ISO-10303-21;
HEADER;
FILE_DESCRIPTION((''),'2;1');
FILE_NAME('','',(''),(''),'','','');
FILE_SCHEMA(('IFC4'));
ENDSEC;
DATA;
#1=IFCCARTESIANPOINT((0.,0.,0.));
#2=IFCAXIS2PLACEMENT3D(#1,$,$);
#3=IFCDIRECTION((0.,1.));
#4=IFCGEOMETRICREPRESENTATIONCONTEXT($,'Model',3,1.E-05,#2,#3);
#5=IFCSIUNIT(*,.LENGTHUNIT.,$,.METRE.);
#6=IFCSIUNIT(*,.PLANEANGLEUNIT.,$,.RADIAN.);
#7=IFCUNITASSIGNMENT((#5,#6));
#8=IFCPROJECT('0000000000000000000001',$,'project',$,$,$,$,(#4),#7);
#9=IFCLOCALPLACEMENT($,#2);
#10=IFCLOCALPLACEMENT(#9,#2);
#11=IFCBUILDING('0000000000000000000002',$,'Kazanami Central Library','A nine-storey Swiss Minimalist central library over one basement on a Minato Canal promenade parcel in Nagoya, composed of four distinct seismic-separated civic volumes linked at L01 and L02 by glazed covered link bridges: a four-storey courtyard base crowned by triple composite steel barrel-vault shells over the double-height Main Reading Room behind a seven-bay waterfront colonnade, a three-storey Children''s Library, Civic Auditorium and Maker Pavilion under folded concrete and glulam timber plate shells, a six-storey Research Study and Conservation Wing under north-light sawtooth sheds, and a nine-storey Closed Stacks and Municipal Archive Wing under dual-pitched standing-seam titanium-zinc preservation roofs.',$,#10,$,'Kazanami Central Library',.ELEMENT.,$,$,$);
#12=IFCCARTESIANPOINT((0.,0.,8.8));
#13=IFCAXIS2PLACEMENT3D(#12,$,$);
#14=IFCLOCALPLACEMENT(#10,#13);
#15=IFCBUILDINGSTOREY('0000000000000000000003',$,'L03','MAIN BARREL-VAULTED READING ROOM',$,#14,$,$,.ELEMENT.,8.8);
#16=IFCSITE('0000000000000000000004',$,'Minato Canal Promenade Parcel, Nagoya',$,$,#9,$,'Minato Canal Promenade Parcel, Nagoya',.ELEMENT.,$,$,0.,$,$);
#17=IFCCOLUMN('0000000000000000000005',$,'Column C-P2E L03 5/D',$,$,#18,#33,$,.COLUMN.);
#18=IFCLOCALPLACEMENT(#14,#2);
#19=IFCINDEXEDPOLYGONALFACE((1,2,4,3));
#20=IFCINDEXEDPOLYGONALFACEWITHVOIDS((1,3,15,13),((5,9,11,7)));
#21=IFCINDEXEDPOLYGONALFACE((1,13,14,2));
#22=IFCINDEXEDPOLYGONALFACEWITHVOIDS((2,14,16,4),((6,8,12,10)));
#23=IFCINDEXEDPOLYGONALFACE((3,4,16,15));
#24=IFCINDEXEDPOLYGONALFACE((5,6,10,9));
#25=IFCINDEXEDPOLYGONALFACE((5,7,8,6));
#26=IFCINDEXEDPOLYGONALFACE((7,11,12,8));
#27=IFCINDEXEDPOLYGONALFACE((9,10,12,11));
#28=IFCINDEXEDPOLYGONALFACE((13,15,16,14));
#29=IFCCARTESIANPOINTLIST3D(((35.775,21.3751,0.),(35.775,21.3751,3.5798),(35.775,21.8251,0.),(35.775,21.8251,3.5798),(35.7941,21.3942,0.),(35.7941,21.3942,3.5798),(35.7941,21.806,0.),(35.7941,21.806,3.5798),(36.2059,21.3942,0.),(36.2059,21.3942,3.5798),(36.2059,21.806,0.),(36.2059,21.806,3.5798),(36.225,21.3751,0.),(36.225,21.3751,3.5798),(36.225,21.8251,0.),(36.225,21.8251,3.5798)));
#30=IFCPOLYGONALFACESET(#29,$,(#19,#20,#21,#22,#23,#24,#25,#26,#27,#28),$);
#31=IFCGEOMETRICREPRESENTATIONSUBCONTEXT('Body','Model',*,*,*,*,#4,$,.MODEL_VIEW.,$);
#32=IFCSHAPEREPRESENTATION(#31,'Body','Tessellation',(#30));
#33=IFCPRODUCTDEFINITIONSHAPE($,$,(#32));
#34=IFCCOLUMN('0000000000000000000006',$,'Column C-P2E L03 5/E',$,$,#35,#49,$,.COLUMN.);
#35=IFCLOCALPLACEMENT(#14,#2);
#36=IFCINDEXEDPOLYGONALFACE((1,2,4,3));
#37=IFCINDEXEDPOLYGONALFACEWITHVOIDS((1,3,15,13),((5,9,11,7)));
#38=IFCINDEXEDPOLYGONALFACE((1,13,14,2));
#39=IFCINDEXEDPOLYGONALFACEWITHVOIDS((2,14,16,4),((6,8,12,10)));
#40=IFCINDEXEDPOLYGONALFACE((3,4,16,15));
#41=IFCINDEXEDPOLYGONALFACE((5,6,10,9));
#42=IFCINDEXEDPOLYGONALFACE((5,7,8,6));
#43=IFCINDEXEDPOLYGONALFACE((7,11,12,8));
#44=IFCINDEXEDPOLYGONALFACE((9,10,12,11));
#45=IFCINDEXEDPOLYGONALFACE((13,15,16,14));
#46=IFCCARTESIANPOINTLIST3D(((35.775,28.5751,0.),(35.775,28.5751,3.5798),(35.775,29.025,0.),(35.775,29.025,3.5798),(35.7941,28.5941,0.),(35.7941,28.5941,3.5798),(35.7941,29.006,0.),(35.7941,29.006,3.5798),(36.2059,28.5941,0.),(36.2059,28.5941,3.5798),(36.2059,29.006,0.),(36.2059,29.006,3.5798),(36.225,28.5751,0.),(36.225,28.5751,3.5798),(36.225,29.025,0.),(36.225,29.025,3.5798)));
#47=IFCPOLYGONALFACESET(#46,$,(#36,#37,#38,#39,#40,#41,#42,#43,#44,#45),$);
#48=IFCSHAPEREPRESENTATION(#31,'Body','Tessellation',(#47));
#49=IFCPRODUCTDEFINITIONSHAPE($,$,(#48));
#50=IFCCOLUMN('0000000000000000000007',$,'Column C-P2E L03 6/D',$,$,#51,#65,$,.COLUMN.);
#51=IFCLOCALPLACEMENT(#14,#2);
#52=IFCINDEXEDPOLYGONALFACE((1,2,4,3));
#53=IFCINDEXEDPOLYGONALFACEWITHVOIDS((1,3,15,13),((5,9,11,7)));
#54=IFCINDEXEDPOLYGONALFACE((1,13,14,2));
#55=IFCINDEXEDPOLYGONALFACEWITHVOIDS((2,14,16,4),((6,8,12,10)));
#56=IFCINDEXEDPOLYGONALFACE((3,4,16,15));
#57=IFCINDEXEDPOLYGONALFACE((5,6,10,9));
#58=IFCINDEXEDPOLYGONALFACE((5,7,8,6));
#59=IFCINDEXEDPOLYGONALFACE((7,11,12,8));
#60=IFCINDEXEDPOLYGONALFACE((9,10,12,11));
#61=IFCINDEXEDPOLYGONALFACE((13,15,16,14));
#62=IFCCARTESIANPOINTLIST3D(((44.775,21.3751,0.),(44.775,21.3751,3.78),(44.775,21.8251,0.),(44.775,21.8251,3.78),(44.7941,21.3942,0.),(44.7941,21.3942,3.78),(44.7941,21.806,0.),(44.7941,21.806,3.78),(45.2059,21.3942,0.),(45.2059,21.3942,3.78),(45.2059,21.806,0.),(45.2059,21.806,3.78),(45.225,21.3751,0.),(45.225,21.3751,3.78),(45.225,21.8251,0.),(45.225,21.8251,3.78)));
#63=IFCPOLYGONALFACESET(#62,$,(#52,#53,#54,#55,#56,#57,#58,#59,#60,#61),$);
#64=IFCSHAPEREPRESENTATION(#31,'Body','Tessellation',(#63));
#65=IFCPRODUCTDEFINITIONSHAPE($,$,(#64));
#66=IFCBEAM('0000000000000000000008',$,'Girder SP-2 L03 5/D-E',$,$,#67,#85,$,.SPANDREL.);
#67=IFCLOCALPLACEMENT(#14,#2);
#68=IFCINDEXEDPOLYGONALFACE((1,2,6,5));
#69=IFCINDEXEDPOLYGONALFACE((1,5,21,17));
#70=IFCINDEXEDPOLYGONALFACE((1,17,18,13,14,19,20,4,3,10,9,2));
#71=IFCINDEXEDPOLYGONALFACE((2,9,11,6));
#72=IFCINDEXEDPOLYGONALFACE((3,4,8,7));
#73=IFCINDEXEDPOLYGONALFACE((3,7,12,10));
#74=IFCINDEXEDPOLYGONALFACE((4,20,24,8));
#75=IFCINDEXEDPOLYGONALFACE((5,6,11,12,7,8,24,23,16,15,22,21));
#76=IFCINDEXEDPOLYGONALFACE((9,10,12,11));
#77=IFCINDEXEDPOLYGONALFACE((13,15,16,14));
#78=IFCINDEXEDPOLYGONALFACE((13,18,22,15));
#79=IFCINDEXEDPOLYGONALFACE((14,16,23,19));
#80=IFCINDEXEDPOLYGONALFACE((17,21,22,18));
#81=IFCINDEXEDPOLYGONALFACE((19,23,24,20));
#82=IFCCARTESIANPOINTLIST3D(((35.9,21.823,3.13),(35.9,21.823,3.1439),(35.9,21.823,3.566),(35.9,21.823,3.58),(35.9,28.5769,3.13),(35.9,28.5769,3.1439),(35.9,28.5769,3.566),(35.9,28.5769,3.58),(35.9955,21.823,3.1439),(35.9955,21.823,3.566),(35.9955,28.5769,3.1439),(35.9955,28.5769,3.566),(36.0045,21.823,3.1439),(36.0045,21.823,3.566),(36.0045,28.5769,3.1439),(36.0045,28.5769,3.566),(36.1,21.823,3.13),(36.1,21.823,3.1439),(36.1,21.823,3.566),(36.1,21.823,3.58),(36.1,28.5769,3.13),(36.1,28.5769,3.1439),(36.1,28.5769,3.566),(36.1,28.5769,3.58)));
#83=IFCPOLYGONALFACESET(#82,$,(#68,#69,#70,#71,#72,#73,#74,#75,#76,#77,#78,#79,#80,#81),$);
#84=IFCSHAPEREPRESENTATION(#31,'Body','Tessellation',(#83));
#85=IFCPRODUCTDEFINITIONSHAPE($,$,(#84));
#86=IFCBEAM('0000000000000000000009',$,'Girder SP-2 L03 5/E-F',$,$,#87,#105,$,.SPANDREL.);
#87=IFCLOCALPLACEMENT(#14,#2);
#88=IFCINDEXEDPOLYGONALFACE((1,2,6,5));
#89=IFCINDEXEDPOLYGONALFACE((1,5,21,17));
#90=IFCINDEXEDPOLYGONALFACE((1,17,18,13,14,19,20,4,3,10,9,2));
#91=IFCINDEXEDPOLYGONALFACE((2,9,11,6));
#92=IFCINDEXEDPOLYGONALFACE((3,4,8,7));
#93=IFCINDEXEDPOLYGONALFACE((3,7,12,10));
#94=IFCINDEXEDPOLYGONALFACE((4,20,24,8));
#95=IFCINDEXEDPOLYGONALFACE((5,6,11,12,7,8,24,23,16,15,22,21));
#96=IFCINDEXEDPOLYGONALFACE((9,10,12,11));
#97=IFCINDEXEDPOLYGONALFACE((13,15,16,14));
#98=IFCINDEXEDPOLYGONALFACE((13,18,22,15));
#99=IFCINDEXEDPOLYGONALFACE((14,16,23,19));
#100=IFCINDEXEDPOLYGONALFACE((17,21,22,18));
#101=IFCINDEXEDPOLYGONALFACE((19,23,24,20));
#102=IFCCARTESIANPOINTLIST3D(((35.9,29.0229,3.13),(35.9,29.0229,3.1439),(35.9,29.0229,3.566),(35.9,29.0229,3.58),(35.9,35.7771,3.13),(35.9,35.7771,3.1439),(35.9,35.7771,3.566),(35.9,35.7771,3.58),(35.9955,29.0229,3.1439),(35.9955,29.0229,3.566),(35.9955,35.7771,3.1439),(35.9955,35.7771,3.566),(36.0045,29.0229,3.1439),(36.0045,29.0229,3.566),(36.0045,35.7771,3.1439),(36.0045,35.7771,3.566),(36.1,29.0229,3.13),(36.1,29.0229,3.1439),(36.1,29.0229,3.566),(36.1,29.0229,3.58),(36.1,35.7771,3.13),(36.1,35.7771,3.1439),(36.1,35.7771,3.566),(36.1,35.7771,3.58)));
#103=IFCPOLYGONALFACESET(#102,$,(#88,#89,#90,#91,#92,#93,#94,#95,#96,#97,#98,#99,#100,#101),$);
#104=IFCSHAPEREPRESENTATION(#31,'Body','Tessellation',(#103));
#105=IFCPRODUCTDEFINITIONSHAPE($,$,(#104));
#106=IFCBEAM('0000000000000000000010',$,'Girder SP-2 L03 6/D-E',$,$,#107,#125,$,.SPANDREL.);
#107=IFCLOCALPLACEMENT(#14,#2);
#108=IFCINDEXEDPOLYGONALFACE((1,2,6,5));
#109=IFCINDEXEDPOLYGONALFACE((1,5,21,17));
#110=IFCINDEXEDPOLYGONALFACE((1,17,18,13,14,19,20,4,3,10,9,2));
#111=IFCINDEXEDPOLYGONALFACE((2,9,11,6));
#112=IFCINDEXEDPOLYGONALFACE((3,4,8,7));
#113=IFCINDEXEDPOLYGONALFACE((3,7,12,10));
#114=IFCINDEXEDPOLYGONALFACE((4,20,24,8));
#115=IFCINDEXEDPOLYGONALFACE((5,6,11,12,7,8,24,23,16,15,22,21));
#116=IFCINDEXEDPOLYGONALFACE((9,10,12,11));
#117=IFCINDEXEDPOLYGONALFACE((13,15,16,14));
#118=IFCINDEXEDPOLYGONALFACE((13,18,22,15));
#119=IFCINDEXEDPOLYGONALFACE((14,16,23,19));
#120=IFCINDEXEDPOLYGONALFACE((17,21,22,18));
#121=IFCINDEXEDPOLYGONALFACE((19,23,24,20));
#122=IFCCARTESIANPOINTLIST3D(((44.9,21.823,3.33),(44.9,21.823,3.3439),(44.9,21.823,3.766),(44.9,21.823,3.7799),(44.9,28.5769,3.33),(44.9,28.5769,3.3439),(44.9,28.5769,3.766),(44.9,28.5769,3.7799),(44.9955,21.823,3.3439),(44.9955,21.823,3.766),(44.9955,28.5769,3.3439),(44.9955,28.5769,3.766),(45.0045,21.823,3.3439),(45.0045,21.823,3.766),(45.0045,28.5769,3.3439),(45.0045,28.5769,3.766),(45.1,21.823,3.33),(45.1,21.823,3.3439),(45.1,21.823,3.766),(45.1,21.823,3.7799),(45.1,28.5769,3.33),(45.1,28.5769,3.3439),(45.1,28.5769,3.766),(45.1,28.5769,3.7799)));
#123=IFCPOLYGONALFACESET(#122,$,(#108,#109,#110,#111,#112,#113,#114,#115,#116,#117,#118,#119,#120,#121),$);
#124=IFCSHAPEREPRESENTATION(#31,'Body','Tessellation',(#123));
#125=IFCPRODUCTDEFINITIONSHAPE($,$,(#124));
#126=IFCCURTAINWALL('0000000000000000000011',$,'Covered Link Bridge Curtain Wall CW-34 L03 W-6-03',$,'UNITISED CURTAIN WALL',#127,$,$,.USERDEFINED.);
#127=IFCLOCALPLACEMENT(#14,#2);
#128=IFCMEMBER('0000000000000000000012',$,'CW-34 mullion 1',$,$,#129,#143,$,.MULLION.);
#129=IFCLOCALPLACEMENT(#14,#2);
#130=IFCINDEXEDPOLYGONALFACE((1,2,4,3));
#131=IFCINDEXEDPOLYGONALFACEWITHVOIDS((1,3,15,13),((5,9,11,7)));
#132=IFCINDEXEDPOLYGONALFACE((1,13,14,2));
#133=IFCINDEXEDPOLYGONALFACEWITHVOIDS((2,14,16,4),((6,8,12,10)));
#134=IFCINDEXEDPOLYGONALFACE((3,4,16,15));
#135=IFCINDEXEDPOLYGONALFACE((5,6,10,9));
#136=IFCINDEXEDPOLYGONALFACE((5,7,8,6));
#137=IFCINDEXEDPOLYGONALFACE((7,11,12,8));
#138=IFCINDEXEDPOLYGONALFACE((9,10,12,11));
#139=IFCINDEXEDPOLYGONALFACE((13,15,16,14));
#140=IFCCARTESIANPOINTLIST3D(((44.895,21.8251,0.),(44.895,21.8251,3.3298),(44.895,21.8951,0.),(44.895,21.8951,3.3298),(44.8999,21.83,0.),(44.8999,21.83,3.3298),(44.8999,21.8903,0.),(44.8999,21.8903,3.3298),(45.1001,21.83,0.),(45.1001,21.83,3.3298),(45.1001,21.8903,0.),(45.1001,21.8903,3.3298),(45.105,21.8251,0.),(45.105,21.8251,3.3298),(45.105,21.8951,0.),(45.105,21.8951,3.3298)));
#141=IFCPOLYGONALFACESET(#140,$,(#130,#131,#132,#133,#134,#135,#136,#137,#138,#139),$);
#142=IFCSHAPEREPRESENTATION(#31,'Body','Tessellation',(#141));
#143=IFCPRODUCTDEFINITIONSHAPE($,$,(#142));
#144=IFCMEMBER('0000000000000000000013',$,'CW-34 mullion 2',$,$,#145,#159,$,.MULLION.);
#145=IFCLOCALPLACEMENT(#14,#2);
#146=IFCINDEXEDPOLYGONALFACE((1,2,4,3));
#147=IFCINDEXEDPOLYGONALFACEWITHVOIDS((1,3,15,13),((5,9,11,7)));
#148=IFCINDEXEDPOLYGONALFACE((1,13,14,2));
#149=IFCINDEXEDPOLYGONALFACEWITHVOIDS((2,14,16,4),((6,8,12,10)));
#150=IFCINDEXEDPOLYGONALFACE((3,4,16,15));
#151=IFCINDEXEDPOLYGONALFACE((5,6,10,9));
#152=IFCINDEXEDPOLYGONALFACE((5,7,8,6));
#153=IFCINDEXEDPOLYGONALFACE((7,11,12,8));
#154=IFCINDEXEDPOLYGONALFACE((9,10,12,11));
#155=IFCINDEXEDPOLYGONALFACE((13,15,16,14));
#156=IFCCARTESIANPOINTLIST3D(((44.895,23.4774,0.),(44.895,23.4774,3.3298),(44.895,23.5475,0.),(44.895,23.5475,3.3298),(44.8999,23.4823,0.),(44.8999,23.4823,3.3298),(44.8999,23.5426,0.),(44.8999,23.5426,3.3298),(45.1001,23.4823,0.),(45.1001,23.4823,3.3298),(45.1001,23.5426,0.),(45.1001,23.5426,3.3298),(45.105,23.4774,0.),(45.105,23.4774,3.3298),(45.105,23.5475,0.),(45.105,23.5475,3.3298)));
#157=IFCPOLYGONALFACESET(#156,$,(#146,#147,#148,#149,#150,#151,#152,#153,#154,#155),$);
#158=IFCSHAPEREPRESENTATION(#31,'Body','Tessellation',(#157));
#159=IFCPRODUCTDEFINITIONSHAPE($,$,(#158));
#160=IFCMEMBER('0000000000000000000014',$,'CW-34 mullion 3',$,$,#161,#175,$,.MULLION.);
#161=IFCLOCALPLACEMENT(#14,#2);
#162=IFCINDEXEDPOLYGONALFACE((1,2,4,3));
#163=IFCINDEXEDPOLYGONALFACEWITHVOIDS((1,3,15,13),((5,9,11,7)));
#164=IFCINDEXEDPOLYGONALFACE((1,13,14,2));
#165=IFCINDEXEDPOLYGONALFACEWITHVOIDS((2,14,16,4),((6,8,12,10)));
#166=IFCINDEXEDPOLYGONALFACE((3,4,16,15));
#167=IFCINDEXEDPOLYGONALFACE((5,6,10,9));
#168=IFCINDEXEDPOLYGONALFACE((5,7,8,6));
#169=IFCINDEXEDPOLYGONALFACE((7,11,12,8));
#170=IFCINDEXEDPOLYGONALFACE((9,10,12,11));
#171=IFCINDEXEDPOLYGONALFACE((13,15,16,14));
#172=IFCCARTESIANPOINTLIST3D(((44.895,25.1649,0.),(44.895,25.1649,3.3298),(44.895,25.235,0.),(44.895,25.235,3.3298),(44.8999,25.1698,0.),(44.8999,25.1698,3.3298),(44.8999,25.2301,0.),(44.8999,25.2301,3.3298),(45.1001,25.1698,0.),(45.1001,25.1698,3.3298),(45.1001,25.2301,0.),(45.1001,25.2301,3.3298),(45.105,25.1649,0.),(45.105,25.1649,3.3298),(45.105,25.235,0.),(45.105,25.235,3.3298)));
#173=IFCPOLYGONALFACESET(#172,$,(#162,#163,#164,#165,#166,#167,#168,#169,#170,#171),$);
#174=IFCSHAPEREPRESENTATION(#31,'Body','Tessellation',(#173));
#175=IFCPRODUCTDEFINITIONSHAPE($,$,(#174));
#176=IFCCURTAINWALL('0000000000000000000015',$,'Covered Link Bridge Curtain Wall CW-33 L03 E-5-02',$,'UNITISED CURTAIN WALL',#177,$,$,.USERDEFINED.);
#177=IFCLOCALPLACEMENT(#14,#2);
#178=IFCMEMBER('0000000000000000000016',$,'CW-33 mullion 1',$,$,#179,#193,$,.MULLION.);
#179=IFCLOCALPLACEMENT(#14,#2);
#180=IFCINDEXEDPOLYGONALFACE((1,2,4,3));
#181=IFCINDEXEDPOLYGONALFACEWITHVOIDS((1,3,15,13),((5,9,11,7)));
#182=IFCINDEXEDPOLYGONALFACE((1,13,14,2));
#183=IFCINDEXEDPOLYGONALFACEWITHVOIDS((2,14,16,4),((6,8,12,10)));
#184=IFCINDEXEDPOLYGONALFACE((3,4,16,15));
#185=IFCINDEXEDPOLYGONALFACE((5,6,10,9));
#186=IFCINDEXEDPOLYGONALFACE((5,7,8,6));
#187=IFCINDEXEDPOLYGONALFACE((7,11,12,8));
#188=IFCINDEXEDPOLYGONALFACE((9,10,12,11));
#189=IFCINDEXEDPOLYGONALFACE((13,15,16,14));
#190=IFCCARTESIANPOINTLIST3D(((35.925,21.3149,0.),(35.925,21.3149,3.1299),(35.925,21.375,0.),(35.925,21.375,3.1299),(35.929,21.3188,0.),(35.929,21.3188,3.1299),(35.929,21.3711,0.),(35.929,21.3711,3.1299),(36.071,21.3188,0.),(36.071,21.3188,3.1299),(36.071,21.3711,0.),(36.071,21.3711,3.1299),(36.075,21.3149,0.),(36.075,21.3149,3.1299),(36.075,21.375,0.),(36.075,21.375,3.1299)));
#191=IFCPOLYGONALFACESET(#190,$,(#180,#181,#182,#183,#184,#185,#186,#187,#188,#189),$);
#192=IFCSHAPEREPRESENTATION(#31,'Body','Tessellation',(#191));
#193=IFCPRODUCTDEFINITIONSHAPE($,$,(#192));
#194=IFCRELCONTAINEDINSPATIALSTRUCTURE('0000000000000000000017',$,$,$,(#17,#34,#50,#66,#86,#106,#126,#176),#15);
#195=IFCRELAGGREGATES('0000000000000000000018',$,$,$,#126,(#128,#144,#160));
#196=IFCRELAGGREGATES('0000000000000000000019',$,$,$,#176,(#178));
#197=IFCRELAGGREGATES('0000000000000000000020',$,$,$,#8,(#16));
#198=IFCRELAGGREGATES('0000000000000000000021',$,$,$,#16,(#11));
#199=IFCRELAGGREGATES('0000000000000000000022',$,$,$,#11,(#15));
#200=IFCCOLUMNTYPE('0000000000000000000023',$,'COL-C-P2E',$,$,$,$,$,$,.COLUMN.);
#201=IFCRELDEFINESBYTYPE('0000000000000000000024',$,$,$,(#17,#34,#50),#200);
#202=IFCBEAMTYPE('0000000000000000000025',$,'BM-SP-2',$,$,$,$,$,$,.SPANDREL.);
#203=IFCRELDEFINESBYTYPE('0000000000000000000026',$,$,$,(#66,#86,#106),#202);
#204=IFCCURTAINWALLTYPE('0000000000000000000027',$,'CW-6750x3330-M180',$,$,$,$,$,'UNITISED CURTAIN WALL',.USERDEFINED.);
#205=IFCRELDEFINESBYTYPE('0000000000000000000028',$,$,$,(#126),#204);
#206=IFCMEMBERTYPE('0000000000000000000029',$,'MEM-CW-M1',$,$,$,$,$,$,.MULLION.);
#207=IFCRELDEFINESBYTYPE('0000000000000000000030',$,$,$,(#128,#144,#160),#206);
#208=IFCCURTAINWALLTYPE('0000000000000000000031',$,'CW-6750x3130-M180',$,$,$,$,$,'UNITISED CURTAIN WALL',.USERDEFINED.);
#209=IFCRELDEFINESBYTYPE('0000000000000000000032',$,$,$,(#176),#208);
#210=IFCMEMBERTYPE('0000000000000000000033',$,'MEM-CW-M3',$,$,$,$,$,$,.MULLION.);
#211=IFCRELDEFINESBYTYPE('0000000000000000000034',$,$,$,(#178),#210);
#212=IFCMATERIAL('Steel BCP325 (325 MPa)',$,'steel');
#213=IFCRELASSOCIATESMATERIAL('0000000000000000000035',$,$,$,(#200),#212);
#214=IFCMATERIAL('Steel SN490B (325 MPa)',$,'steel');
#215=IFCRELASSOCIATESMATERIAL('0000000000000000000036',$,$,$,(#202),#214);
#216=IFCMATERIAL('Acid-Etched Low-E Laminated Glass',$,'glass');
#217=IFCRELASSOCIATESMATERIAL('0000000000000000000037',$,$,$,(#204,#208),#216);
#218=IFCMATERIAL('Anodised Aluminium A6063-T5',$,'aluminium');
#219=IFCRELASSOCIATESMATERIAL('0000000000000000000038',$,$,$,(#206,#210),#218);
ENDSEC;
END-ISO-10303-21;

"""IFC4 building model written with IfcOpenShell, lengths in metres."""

from ifc_helpers import new_model, si_unit, direction, frame, origin, origin_2d, place, context, subcontext, project, spatial, hollow_rectangle, i_section, extrude, material, material_profile, profile_set, type_object, element, aggregate, save


model = new_model("IFC4")

# Units and contexts
model_context = context("Model", 3, precision=1e-05, world=origin(), true_north=direction((0.0, 1.0)))
body_context = subcontext(model_context, "Body", "Model", "MODEL_VIEW")
ifc_project = project(units=[si_unit("LENGTHUNIT", "METRE"), si_unit("PLANEANGLEUNIT", "RADIAN")], contexts=[model_context])

# Site, building, storey
site_placement = place(None, origin())
site = spatial("IfcSite", under=ifc_project, at=site_placement, Name="Minato Canal Promenade Parcel, Nagoya", LongName="Minato Canal Promenade Parcel, Nagoya", CompositionType="ELEMENT", RefElevation=0.0)
building_placement = place(site_placement, origin())
building = spatial("IfcBuilding", under=site, at=building_placement, Name="Kazanami Central Library", Description="A nine-storey Swiss Minimalist central library over one basement on a Minato Canal promenade parcel in Nagoya, composed of four distinct seismic-separated civic volumes linked at L01 and L02 by glazed covered link bridges: a four-storey courtyard base crowned by triple composite steel barrel-vault shells over the double-height Main Reading Room behind a seven-bay waterfront colonnade, a three-storey Children's Library, Civic Auditorium and Maker Pavilion under folded concrete and glulam timber plate shells, a six-storey Research Study and Conservation Wing under north-light sawtooth sheds, and a nine-storey Closed Stacks and Municipal Archive Wing under dual-pitched standing-seam titanium-zinc preservation roofs.", LongName="Kazanami Central Library", CompositionType="ELEMENT")
storey_placement = place(building_placement, frame((0.0, 0.0, 8.8)))
storey = spatial("IfcBuildingStorey", under=building, at=storey_placement, Name="L03", Description="MAIN BARREL-VAULTED READING ROOM", CompositionType="ELEMENT", Elevation=8.8)

# Columns
ifc_material_1 = material(Name="Steel BCP325 (325 MPa)", Category="steel")
ifc_material_profile_1 = material_profile(ifc_material_1, hollow_rectangle(XDim=0.45, YDim=0.45, WallThickness=0.019, at=origin_2d()), Name="BCP-450x450x19")
ifc_profile_set_1 = profile_set([ifc_material_profile_1], Name="Steel BCP325 (325 MPa)")
column_type = type_object("IfcColumnType", Name="COL-C-P2E", PredefinedType="COLUMN", material=ifc_profile_set_1)
for number, where, z_axis, x_axis, name in (
    (1, (36.0, 21.6001, 0.0), (0.0, 0.0, 1.0), (1.0, 0.0, 0.0), "Column C-P2E L03 5/D"),
    (2, (36.0, 28.8, 0.0), (0.0, 0.0, 1.0), (1.0, 0.0, 0.0), "Column C-P2E L03 5/E"),
):
    element("IfcColumn", number, at=place(storey_placement, frame(where, z_axis=z_axis, x_axis=x_axis)), inside=storey, type_object=column_type, Name=name, PredefinedType="COLUMN", context=body_context, shape_type="SweptSolid", body=[
        extrude(hollow_rectangle(XDim=0.45, YDim=0.45, WallThickness=0.019, at=origin_2d()), origin(), (0.0, 0.0, 1.0), 3.5798),
    ])
column_placement = place(storey_placement, frame((45.0, 21.6001, 0.0), z_axis=(0.0, 0.0, 1.0), x_axis=(1.0, 0.0, 0.0)))
element("IfcColumn", 3, at=column_placement, inside=storey, type_object=column_type, Name="Column C-P2E L03 6/D", PredefinedType="COLUMN", context=body_context, shape_type="SweptSolid", body=[
    extrude(hollow_rectangle(XDim=0.45, YDim=0.45, WallThickness=0.019, at=origin_2d()), origin(), (0.0, 0.0, 1.0), 3.78),
])

# Beams
ifc_material_2 = material(Name="Steel SN490B (325 MPa)", Category="steel")
ifc_material_profile_2 = material_profile(ifc_material_2, i_section(OverallWidth=0.2, OverallDepth=0.45, WebThickness=0.009, FlangeThickness=0.0139, at=origin_2d()), Name="H-450x200x9x14")
ifc_profile_set_2 = profile_set([ifc_material_profile_2], Name="Steel SN490B (325 MPa)")
beam_type = type_object("IfcBeamType", Name="BM-SP-2", PredefinedType="SPANDREL", material=ifc_profile_set_2)
beam_1_placement = place(storey_placement, frame((36.0, 21.823, 3.355), z_axis=(0.0, 1.0, 0.0), x_axis=(-1.0, 0.0, 0.0)))
element("IfcBeam", 4, at=beam_1_placement, inside=storey, type_object=beam_type, Name="Girder SP-2 L03 5/D-E", PredefinedType="SPANDREL", context=body_context, shape_type="SweptSolid", body=[
    extrude(i_section(OverallWidth=0.2, OverallDepth=0.45, WebThickness=0.009, FlangeThickness=0.0139, at=origin_2d()), origin(), (0.0, 0.0, 1.0), 6.7539),
])
beam_2_placement = place(storey_placement, frame((36.0, 29.0229, 3.355), z_axis=(0.0, 1.0, 0.0), x_axis=(-1.0, 0.0, 0.0)))
element("IfcBeam", 5, at=beam_2_placement, inside=storey, type_object=beam_type, Name="Girder SP-2 L03 5/E-F", PredefinedType="SPANDREL", context=body_context, shape_type="SweptSolid", body=[
    extrude(i_section(OverallWidth=0.2, OverallDepth=0.45, WebThickness=0.009, FlangeThickness=0.0139, at=origin_2d()), origin(), (0.0, 0.0, 1.0), 6.7542),
])
beam_3_placement = place(storey_placement, frame((45.0, 21.823, 3.5549), z_axis=(0.0, 1.0, 0.0), x_axis=(-1.0, 0.0, 0.0)))
element("IfcBeam", 6, at=beam_3_placement, inside=storey, type_object=beam_type, Name="Girder SP-2 L03 6/D-E", PredefinedType="SPANDREL", context=body_context, shape_type="SweptSolid", body=[
    extrude(i_section(OverallWidth=0.2, OverallDepth=0.45, WebThickness=0.009, FlangeThickness=0.0139, at=origin_2d()), origin(), (0.0, 0.0, 1.0), 6.7539),
])

# Curtain walls, members
ifc_material_3 = material(Name="Acid-Etched Low-E Laminated Glass", Category="glass")
curtain_wall_type_1 = type_object("IfcCurtainWallType", Name="CW-6750x3330-M180", ElementType="UNITISED CURTAIN WALL", PredefinedType="USERDEFINED", material=ifc_material_3)
curtain_wall_1_placement = place(storey_placement, origin())
curtain_wall_1 = element("IfcCurtainWall", 7, at=curtain_wall_1_placement, inside=storey, type_object=curtain_wall_type_1, Name="Covered Link Bridge Curtain Wall CW-34 L03 W-6-03", ObjectType="UNITISED CURTAIN WALL", PredefinedType="USERDEFINED")
ifc_material_4 = material(Name="Anodised Aluminium A6063-T5", Category="aluminium")
ifc_material_profile_3 = material_profile(ifc_material_4, hollow_rectangle(XDim=0.0701, YDim=0.21, WallThickness=0.0049, at=origin_2d()), Name="ALU-MULL-70x210x5")
ifc_profile_set_3 = profile_set([ifc_material_profile_3], Name="Anodised Aluminium A6063-T5")
member_type_1 = type_object("IfcMemberType", Name="MEM-CW-M1", PredefinedType="MULLION", material=ifc_profile_set_3)
member_1_placement = place(storey_placement, frame((45.0, 21.8601, 0.0), z_axis=(0.0, 0.0, 1.0), x_axis=(0.0, 1.0, 0.0)))
member_1 = element("IfcMember", 8, at=member_1_placement, type_object=member_type_1, Name="CW-34 mullion 1", PredefinedType="MULLION", context=body_context, shape_type="SweptSolid", body=[
    extrude(hollow_rectangle(XDim=0.0701, YDim=0.21, WallThickness=0.0049, at=origin_2d()), origin(), (0.0, 0.0, 1.0), 3.3298),
])
member_2_placement = place(storey_placement, frame((45.0, 23.5125, 0.0), z_axis=(0.0, 0.0, 1.0), x_axis=(0.0, 1.0, 0.0)))
member_2 = element("IfcMember", 9, at=member_2_placement, type_object=member_type_1, Name="CW-34 mullion 2", PredefinedType="MULLION", context=body_context, shape_type="SweptSolid", body=[
    extrude(hollow_rectangle(XDim=0.0701, YDim=0.21, WallThickness=0.0049, at=origin_2d()), origin(), (0.0, 0.0, 1.0), 3.3298),
])
member_3_placement = place(storey_placement, frame((45.0, 25.2, 0.0), z_axis=(0.0, 0.0, 1.0), x_axis=(0.0, 1.0, 0.0)))
member_3 = element("IfcMember", 10, at=member_3_placement, type_object=member_type_1, Name="CW-34 mullion 3", PredefinedType="MULLION", context=body_context, shape_type="SweptSolid", body=[
    extrude(hollow_rectangle(XDim=0.0701, YDim=0.21, WallThickness=0.0049, at=origin_2d()), origin(), (0.0, 0.0, 1.0), 3.3298),
])
curtain_wall_type_2 = type_object("IfcCurtainWallType", Name="CW-6750x3130-M180", ElementType="UNITISED CURTAIN WALL", PredefinedType="USERDEFINED", material=ifc_material_3)
curtain_wall_2_placement = place(storey_placement, origin())
curtain_wall_2 = element("IfcCurtainWall", 11, at=curtain_wall_2_placement, inside=storey, type_object=curtain_wall_type_2, Name="Covered Link Bridge Curtain Wall CW-33 L03 E-5-02", ObjectType="UNITISED CURTAIN WALL", PredefinedType="USERDEFINED")
ifc_material_profile_4 = material_profile(ifc_material_4, hollow_rectangle(XDim=0.0601, YDim=0.1499, WallThickness=0.0039, at=origin_2d()), Name="ALU-MULL-60x150x4")
ifc_profile_set_4 = profile_set([ifc_material_profile_4], Name="Anodised Aluminium A6063-T5")
member_type_2 = type_object("IfcMemberType", Name="MEM-CW-M3", PredefinedType="MULLION", material=ifc_profile_set_4)
member_4_placement = place(storey_placement, frame((36.0, 21.345, 0.0), z_axis=(0.0, 0.0, 1.0), x_axis=(0.0, -1.0, 0.0)))
member_4 = element("IfcMember", 12, at=member_4_placement, type_object=member_type_2, Name="CW-33 mullion 1", PredefinedType="MULLION", context=body_context, shape_type="SweptSolid", body=[
    extrude(hollow_rectangle(XDim=0.0601, YDim=0.1499, WallThickness=0.0039, at=origin_2d()), origin(), (0.0, 0.0, 1.0), 3.1299),
])

aggregate(curtain_wall_1, [member_1, member_2, member_3])
aggregate(curtain_wall_2, [member_4])

save(model, "model.ifc")
